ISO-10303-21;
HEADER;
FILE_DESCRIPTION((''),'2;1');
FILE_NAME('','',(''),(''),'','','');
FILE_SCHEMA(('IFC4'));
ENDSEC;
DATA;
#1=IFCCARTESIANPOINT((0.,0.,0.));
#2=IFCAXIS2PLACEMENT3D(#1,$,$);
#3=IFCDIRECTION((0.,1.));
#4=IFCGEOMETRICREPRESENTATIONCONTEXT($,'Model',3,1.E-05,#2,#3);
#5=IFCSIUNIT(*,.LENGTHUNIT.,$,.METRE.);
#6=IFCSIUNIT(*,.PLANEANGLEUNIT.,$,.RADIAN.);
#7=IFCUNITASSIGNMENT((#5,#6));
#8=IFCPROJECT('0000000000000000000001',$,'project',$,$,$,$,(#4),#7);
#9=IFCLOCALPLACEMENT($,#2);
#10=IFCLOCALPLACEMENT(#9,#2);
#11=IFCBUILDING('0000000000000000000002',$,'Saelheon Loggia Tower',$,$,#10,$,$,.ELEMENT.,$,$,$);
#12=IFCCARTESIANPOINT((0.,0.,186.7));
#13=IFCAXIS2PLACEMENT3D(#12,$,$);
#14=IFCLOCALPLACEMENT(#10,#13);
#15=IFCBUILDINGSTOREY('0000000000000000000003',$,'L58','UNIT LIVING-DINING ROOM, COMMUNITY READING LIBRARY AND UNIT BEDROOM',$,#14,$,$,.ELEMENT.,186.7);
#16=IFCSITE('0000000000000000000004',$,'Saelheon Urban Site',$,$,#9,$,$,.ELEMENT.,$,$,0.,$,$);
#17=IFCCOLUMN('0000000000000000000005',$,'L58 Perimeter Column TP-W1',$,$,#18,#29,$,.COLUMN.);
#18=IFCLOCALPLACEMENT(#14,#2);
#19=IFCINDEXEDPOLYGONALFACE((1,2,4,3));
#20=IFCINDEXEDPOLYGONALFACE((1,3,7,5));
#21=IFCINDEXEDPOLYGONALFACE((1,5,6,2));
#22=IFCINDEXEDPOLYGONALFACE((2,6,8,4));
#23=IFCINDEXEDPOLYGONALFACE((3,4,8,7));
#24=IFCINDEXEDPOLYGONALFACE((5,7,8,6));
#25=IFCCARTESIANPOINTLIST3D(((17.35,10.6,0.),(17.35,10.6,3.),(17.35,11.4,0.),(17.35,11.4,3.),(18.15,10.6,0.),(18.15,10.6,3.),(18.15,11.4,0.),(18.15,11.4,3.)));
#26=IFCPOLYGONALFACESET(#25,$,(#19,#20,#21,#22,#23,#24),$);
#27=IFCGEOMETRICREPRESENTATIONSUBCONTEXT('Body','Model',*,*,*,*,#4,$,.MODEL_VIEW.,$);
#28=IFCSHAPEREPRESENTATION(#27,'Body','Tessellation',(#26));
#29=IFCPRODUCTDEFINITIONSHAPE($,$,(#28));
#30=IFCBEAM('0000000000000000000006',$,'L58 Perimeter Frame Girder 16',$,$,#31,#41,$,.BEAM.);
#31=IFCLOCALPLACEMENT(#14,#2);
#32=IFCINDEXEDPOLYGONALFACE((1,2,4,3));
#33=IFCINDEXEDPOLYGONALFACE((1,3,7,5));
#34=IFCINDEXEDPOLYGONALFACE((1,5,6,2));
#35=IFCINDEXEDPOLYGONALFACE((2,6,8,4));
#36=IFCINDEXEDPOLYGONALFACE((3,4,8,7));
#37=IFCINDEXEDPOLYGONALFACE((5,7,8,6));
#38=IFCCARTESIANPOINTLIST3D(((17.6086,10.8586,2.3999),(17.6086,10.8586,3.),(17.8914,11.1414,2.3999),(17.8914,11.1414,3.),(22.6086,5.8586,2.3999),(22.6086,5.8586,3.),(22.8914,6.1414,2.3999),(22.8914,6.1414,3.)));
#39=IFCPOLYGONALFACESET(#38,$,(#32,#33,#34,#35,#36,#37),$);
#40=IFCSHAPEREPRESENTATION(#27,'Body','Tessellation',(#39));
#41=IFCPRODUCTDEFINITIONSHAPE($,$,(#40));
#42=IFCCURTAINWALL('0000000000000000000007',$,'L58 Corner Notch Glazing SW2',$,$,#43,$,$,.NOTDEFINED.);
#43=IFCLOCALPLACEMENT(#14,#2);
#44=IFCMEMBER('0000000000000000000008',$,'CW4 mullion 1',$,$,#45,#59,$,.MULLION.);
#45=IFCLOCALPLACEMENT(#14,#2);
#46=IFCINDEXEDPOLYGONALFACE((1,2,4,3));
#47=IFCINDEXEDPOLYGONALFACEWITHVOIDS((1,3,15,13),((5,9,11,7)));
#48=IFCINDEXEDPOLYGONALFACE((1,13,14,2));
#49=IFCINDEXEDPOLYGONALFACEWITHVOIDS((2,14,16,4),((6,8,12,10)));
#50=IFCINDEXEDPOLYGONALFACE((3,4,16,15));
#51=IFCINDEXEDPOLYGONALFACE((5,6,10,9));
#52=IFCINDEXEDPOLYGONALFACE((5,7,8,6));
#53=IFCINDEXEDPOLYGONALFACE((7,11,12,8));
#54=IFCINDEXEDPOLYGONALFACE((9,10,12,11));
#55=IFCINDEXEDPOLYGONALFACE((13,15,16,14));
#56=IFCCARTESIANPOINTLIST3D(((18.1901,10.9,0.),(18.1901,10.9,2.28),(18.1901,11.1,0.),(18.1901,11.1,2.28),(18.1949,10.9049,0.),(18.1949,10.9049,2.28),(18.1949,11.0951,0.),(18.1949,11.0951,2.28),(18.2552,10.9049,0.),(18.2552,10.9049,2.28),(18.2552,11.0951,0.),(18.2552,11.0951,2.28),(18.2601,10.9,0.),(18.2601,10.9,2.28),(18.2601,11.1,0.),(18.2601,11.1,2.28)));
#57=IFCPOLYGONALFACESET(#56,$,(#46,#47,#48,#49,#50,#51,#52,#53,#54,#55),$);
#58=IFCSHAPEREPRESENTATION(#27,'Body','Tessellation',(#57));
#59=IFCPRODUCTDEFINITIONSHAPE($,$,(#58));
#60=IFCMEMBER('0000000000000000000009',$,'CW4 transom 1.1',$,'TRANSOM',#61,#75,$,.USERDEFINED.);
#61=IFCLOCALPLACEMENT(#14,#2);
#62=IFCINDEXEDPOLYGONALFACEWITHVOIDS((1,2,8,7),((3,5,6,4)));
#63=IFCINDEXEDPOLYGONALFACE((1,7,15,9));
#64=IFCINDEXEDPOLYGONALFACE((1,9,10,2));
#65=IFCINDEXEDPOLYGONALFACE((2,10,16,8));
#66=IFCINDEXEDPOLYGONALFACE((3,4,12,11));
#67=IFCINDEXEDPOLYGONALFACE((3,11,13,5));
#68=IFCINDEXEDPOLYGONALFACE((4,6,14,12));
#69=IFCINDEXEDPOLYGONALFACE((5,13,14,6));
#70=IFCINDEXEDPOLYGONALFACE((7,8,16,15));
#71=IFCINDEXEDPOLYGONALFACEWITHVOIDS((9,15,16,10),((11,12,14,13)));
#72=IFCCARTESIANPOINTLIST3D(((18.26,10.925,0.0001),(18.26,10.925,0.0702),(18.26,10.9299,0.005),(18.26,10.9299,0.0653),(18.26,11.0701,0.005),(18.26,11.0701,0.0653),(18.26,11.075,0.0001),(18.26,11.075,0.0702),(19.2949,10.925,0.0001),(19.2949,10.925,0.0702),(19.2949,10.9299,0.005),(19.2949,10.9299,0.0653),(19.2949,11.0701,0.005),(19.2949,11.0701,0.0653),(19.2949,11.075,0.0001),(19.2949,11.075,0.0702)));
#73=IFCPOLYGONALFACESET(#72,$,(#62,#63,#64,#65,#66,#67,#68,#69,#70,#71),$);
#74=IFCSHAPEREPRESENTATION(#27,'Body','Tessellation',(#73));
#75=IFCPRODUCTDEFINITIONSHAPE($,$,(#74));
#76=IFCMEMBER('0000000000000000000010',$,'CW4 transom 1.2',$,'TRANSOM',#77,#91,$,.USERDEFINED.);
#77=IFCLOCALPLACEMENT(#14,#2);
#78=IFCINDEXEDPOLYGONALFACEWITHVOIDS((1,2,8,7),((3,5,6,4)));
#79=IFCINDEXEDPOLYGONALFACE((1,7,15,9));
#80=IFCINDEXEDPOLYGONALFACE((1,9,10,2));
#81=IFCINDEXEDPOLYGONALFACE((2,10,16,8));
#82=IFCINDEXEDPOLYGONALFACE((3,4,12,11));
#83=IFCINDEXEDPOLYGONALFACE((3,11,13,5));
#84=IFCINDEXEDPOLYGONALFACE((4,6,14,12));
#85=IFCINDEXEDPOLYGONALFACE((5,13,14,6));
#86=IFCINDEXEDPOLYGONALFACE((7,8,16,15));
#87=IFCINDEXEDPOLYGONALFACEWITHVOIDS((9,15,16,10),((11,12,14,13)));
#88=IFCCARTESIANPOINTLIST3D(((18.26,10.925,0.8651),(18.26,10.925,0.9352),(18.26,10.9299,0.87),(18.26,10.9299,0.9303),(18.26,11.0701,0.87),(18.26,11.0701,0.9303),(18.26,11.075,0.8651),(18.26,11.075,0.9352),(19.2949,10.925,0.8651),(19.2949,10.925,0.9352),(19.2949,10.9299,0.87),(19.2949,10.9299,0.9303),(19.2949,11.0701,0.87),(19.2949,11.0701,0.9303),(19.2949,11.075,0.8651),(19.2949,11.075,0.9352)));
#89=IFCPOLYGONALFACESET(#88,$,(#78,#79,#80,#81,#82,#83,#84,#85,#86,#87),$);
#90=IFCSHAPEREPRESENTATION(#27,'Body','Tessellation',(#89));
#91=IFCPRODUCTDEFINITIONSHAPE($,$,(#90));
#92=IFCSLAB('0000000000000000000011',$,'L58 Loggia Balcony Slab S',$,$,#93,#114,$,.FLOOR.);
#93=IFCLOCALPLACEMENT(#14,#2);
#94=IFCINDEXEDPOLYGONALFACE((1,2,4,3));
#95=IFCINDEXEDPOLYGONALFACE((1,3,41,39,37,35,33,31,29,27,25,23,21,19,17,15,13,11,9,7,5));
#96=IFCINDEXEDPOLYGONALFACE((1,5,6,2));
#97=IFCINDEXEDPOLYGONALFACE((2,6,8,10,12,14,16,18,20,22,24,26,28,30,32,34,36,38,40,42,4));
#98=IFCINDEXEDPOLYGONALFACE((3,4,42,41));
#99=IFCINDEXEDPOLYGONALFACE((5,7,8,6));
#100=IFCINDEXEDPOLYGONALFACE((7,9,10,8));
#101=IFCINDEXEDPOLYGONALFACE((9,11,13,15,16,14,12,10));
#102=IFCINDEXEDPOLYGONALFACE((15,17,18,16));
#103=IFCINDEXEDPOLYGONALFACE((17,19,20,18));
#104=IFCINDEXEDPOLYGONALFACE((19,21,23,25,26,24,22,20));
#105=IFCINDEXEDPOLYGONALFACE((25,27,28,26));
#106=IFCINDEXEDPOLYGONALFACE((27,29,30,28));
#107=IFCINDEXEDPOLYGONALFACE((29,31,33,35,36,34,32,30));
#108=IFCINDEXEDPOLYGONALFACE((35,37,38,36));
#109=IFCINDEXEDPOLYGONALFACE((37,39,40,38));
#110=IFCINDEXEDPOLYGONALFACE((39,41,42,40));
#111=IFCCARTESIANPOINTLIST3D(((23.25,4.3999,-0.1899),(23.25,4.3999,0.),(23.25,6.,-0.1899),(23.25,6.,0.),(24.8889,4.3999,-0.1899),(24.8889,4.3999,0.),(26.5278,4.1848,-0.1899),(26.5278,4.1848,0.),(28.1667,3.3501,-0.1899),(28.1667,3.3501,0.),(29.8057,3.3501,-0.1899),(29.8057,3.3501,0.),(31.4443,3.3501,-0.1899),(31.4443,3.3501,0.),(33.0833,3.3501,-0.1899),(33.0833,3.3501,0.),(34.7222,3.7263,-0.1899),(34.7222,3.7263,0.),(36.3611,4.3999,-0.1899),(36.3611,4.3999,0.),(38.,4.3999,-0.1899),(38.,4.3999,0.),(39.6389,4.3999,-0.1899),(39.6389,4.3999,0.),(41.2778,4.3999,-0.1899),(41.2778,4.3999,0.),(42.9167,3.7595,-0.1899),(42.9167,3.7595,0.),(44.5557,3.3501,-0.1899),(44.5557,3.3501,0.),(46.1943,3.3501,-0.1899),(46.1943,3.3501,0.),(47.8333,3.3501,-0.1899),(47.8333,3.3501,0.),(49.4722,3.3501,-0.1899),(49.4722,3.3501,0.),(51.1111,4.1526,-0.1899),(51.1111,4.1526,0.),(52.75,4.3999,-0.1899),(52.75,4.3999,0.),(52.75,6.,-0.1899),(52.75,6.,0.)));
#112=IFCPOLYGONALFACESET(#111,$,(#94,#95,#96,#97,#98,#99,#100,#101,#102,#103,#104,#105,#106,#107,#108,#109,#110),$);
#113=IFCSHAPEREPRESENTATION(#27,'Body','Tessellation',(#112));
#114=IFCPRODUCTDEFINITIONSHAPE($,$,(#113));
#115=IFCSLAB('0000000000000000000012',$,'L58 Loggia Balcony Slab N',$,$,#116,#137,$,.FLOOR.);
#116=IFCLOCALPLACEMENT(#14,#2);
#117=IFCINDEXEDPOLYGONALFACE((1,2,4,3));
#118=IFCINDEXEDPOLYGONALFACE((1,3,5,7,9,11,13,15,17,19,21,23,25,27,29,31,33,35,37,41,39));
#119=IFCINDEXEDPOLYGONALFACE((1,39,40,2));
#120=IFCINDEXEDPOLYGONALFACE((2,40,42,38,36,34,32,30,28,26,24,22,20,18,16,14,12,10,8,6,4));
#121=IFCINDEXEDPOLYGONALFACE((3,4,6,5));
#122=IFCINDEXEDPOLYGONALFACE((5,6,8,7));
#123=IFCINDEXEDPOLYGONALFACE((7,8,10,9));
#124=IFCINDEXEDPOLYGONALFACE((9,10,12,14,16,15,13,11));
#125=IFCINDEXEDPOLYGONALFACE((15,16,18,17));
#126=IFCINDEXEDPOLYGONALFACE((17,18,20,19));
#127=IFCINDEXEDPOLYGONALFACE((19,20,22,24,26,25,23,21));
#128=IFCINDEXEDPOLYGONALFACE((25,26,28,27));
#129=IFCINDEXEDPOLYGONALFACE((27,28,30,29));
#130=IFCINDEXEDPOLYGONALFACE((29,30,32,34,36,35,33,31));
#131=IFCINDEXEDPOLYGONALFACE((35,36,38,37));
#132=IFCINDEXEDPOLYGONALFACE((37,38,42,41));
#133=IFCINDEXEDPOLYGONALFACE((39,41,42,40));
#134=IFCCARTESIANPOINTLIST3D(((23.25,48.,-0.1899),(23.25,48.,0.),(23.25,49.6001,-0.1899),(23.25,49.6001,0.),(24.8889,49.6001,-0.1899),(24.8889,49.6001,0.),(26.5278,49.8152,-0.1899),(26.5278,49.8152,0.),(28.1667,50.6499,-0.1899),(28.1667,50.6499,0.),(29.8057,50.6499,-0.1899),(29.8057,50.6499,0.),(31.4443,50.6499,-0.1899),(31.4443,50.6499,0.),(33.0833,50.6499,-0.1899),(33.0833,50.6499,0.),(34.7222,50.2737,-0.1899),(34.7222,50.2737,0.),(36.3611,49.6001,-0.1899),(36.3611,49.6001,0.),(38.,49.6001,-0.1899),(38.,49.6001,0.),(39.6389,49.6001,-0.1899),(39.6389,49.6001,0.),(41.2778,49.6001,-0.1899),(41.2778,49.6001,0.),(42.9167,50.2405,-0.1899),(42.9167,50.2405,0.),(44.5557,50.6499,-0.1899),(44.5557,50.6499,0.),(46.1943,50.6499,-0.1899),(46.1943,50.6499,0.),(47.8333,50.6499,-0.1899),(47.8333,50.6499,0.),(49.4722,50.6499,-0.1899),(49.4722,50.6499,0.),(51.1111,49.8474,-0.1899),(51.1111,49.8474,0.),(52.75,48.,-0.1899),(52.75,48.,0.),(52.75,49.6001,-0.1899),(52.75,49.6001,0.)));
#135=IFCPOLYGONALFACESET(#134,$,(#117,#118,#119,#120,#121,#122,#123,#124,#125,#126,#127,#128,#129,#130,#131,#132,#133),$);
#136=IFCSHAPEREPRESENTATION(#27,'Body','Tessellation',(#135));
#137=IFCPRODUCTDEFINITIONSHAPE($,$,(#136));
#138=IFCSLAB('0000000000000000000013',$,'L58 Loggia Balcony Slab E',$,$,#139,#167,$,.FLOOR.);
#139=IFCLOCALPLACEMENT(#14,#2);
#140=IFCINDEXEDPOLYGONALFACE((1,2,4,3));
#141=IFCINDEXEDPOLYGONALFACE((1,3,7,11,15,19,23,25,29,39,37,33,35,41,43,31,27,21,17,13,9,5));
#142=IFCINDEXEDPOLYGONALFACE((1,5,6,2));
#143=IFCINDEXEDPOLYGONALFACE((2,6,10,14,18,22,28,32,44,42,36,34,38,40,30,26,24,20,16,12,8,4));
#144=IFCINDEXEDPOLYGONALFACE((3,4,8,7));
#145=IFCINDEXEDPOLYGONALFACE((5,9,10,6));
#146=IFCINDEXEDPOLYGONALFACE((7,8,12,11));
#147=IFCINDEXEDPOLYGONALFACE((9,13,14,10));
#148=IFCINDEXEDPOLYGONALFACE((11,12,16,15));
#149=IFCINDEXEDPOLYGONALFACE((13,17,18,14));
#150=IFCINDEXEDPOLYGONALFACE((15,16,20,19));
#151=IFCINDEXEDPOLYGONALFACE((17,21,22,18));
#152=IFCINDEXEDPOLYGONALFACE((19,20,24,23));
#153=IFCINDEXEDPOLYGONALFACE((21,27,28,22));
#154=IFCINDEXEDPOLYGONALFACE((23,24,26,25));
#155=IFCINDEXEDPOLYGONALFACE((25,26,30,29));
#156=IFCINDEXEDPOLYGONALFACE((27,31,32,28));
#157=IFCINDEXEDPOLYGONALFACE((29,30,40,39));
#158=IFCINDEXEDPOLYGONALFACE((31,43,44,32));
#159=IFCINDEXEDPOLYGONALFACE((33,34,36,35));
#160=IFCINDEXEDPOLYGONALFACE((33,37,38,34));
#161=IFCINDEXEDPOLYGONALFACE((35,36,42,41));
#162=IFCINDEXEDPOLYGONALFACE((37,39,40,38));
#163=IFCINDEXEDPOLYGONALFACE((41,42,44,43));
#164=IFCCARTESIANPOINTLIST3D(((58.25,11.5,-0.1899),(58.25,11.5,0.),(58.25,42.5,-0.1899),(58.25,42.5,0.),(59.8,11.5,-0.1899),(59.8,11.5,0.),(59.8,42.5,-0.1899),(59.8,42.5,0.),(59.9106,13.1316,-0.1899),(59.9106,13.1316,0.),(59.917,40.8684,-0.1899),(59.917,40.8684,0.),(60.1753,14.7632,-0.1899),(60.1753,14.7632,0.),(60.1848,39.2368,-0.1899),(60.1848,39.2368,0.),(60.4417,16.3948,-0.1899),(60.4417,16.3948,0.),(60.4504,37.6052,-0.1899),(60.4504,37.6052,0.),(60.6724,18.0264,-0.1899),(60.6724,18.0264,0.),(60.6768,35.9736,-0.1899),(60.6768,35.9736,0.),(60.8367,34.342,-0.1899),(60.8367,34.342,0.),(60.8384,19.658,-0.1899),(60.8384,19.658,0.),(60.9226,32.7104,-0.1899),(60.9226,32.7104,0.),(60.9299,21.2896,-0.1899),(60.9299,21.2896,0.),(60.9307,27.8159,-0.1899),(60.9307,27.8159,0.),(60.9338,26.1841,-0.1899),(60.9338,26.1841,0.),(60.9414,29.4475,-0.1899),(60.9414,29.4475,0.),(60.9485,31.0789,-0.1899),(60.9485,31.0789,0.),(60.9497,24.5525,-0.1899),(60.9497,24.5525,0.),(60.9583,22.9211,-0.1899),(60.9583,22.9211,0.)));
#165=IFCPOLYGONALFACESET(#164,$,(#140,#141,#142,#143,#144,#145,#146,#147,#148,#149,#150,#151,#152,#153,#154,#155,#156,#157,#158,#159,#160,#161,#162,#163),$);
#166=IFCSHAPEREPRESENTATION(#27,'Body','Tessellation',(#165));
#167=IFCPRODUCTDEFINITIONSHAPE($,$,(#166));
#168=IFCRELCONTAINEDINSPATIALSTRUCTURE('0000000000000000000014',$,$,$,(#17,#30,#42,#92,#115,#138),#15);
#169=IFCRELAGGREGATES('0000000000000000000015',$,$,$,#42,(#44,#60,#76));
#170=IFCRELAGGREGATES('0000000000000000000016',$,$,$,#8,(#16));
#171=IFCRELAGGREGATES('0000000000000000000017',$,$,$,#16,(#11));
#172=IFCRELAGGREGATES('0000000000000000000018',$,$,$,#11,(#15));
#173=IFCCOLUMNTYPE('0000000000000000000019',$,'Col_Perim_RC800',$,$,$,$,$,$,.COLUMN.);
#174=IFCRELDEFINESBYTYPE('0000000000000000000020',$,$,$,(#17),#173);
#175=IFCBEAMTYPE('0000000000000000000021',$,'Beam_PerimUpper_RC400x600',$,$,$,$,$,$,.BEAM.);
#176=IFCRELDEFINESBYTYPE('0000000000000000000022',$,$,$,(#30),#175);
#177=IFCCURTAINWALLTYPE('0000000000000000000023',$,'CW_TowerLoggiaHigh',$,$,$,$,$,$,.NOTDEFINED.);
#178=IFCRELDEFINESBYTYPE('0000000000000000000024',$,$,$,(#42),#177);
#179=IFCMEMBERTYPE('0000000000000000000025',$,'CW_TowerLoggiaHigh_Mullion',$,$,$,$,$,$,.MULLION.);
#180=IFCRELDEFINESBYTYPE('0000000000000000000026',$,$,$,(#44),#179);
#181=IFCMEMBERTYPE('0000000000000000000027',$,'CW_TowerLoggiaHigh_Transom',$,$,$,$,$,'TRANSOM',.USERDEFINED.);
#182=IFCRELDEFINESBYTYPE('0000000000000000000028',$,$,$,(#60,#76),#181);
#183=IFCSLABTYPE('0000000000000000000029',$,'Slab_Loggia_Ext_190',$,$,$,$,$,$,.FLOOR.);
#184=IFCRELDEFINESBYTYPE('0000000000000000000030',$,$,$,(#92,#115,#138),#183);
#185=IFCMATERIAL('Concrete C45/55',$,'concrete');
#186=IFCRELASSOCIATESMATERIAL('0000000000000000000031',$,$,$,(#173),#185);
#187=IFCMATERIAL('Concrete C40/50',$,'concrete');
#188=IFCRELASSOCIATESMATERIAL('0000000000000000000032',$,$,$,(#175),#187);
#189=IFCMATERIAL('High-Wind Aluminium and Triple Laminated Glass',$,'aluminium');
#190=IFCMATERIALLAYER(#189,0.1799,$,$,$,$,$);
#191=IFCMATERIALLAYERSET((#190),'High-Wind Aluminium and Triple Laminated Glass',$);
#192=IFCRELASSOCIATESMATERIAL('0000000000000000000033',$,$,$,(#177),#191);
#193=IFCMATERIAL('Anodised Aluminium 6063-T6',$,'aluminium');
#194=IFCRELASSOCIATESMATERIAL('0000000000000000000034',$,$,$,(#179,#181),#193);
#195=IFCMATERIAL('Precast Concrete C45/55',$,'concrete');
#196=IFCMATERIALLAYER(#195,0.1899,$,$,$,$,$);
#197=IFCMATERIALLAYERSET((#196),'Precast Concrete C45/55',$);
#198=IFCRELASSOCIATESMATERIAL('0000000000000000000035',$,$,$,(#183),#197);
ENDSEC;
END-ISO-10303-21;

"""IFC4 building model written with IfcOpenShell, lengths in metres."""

from ifc_helpers import new_model, si_unit, direction, frame, origin, origin_2d, place, context, subcontext, project, spatial, polyline, rectangle, hollow_rectangle, outline, extrude, source, transform, mapped, material, layer, layer_set, material_profile, profile_set, type_object, element, aggregate, save


model = new_model("IFC4")

# Units and contexts
model_context = context("Model", 3, precision=1e-05, world=origin(), true_north=direction((0.0, 1.0)))
body_context = subcontext(model_context, "Body", "Model", "MODEL_VIEW")
ifc_project = project(units=[si_unit("LENGTHUNIT", "METRE"), si_unit("PLANEANGLEUNIT", "RADIAN")], contexts=[model_context])

# Site, building, storey
site_placement = place(None, origin())
site = spatial("IfcSite", under=ifc_project, at=site_placement, Name="Saelheon Urban Site", CompositionType="ELEMENT", RefElevation=0.0)
building_placement = place(site_placement, origin())
building = spatial("IfcBuilding", under=site, at=building_placement, Name="Saelheon Loggia Tower", CompositionType="ELEMENT")
storey_placement = place(building_placement, frame((0.0, 0.0, 186.7)))
storey = spatial("IfcBuildingStorey", under=building, at=storey_placement, Name="L58", Description="UNIT LIVING-DINING ROOM, COMMUNITY READING LIBRARY AND UNIT BEDROOM", CompositionType="ELEMENT", Elevation=186.7)

# Column
ifc_material_1 = material(Name="Concrete C45/55", Category="concrete")
ifc_material_profile_1 = material_profile(ifc_material_1, rectangle(XDim=0.8, YDim=0.8, at=origin_2d()), Name="RC-800x800")
ifc_profile_set_1 = profile_set([ifc_material_profile_1], Name="Concrete C45/55")
column_type = type_object("IfcColumnType", Name="Col_Perim_RC800", PredefinedType="COLUMN", material=ifc_profile_set_1)
shared_shape_1 = source(origin(), body_context, "Body", "SweptSolid", [
    extrude(rectangle(XDim=0.8, YDim=0.8, at=origin_2d()), origin(), (0.0, 0.0, 1.0), 3.0),
])
column_placement = place(storey_placement, frame((17.75, 11.0, 0.0), z_axis=(0.0, 0.0, 1.0), x_axis=(1.0, 0.0, 0.0)))
element("IfcColumn", 1, at=column_placement, inside=storey, type_object=column_type, Name="L58 Perimeter Column TP-W1", PredefinedType="COLUMN", context=body_context, shape_type="MappedRepresentation", body=[
    mapped(shared_shape_1, transform((0.0, 0.0, 0.0), scale=1.0)),
])

# Beam
ifc_material_2 = material(Name="Concrete C40/50", Category="concrete")
ifc_material_profile_2 = material_profile(ifc_material_2, rectangle(XDim=0.3999, YDim=0.6001, at=origin_2d()), Name="RC-400x600")
ifc_profile_set_2 = profile_set([ifc_material_profile_2], Name="Concrete C40/50")
beam_type = type_object("IfcBeamType", Name="Beam_PerimUpper_RC400x600", PredefinedType="BEAM", material=ifc_profile_set_2)
shared_shape_2 = source(origin(), body_context, "Body", "SweptSolid", [
    extrude(rectangle(XDim=0.3999, YDim=0.6001, at=origin_2d()), origin(), (0.0, 0.0, 1.0), 7.071),
])
beam_placement = place(storey_placement, frame((17.75, 11.0, 2.7), z_axis=(0.707107, -0.707107, 0.0), x_axis=(0.707107, 0.707107, 0.0)))
element("IfcBeam", 2, at=beam_placement, inside=storey, type_object=beam_type, Name="L58 Perimeter Frame Girder 16", PredefinedType="BEAM", context=body_context, shape_type="MappedRepresentation", body=[
    mapped(shared_shape_2, transform((0.0, 0.0, 0.0), scale=1.0)),
])

# Curtain wall, members
ifc_material_3 = material(Name="High-Wind Aluminium and Triple Laminated Glass", Category="aluminium")
ifc_layer_1 = layer(ifc_material_3, 0.1799)
ifc_layer_set_1 = layer_set([ifc_layer_1], Name="High-Wind Aluminium and Triple Laminated Glass")
curtain_wall_type = type_object("IfcCurtainWallType", Name="CW_TowerLoggiaHigh", PredefinedType="NOTDEFINED", material=ifc_layer_set_1)
curtain_wall_placement = place(storey_placement, origin())
curtain_wall = element("IfcCurtainWall", 3, at=curtain_wall_placement, inside=storey, type_object=curtain_wall_type, Name="L58 Corner Notch Glazing SW2", PredefinedType="NOTDEFINED")
ifc_material_4 = material(Name="Anodised Aluminium 6063-T6", Category="aluminium")
ifc_material_profile_3 = material_profile(ifc_material_4, hollow_rectangle(XDim=0.0701, YDim=0.2, WallThickness=0.0049, at=origin_2d()), Name="RHS-200x70x5")
ifc_profile_set_3 = profile_set([ifc_material_profile_3], Name="Anodised Aluminium 6063-T6")
member_type_1 = type_object("IfcMemberType", Name="CW_TowerLoggiaHigh_Mullion", PredefinedType="MULLION", material=ifc_profile_set_3)
shared_shape_3 = source(origin(), body_context, "Body", "SweptSolid", [
    extrude(hollow_rectangle(XDim=0.0701, YDim=0.2, WallThickness=0.0049, at=origin_2d()), origin(), (0.0, 0.0, 1.0), 2.28),
])
member_1_placement = place(storey_placement, frame((18.2251, 11.0, 0.0), z_axis=(0.0, 0.0, 1.0), x_axis=(1.0, 0.0, 0.0)))
member_1 = element("IfcMember", 4, at=member_1_placement, type_object=member_type_1, Name="CW4 mullion 1", PredefinedType="MULLION", context=body_context, shape_type="MappedRepresentation", body=[
    mapped(shared_shape_3, transform((0.0, 0.0, 0.0), scale=1.0)),
])
ifc_material_profile_4 = material_profile(ifc_material_4, hollow_rectangle(XDim=0.0701, YDim=0.1499, WallThickness=0.0049, at=origin_2d()), Name="RHS-150x70x5")
ifc_profile_set_4 = profile_set([ifc_material_profile_4], Name="Anodised Aluminium 6063-T6")
member_type_2 = type_object("IfcMemberType", Name="CW_TowerLoggiaHigh_Transom", ElementType="TRANSOM", PredefinedType="USERDEFINED", material=ifc_profile_set_4)
shared_shape_4 = source(origin(), body_context, "Body", "SweptSolid", [
    extrude(hollow_rectangle(XDim=0.0701, YDim=0.1499, WallThickness=0.0049, at=origin_2d()), origin(), (0.0, 0.0, 1.0), 1.0349),
])
member_2_placement = place(storey_placement, frame((18.26, 11.0, 0.0352), z_axis=(1.0, 0.0, 0.0), x_axis=(0.0, 0.0, 1.0)))
member_2 = element("IfcMember", 5, at=member_2_placement, type_object=member_type_2, Name="CW4 transom 1.1", ObjectType="TRANSOM", PredefinedType="USERDEFINED", context=body_context, shape_type="MappedRepresentation", body=[
    mapped(shared_shape_4, transform((0.0, 0.0, 0.0), scale=1.0)),
])
member_3_placement = place(storey_placement, frame((18.26, 11.0, 0.9001), z_axis=(1.0, 0.0, 0.0), x_axis=(0.0, 0.0, 1.0)))
member_3 = element("IfcMember", 6, at=member_3_placement, type_object=member_type_2, Name="CW4 transom 1.2", ObjectType="TRANSOM", PredefinedType="USERDEFINED", context=body_context, shape_type="MappedRepresentation", body=[
    mapped(shared_shape_4, transform((0.0, 0.0, 0.0), scale=1.0)),
])
aggregate(curtain_wall, [member_1, member_2, member_3])

# Slabs
ifc_material_5 = material(Name="Precast Concrete C45/55", Category="concrete")
ifc_layer_2 = layer(ifc_material_5, 0.1899)
ifc_layer_set_2 = layer_set([ifc_layer_2], Name="Precast Concrete C45/55")
slab_type_1 = type_object("IfcSlabType", Name="Slab_Loggia_Ext_190", PredefinedType="FLOOR", material=ifc_layer_set_2)
slab_1_placement = place(storey_placement, frame((0.0, 0.0, -0.1899)))
element("IfcSlab", 7, at=slab_1_placement, inside=storey, type_object=slab_type_1, Name="L58 Loggia Balcony Slab S", PredefinedType="FLOOR", context=body_context, shape_type="SweptSolid", body=[
    extrude(outline(polyline([(23.25, 4.3999), (24.8889, 4.3999), (26.5278, 4.1848), (28.1667, 3.3501), (29.8057, 3.3501), (31.4443, 3.3501), (33.0833, 3.3501), (34.7222, 3.7263), (36.3611, 4.3999), (38.0, 4.3999), (39.6389, 4.3999), (41.2778, 4.3999), (42.9167, 3.7595), (44.5557, 3.3501), (46.1943, 3.3501), (47.8333, 3.3501), (49.4722, 3.3501), (51.1111, 4.1526), (52.75, 4.3999), (52.75, 6.0), (23.25, 6.0), (23.25, 4.3999)])), origin(), (0.0, 0.0, 1.0), 0.1899),
])
slab_2_placement = place(storey_placement, frame((0.0, 0.0, -0.1899)))
element("IfcSlab", 8, at=slab_2_placement, inside=storey, type_object=slab_type_1, Name="L58 Loggia Balcony Slab N", PredefinedType="FLOOR", context=body_context, shape_type="SweptSolid", body=[
    extrude(outline(polyline([(23.25, 48.0), (52.75, 48.0), (52.75, 49.6001), (51.1111, 49.8474), (49.4722, 50.6499), (47.8333, 50.6499), (46.1943, 50.6499), (44.5557, 50.6499), (42.9167, 50.2405), (41.2778, 49.6001), (39.6389, 49.6001), (38.0, 49.6001), (36.3611, 49.6001), (34.7222, 50.2737), (33.0833, 50.6499), (31.4443, 50.6499), (29.8057, 50.6499), (28.1667, 50.6499), (26.5278, 49.8152), (24.8889, 49.6001), (23.25, 49.6001), (23.25, 48.0)])), origin(), (0.0, 0.0, 1.0), 0.1899),
])
slab_3_placement = place(storey_placement, frame((0.0, 0.0, -0.1899)))
element("IfcSlab", 9, at=slab_3_placement, inside=storey, type_object=slab_type_1, Name="L58 Loggia Balcony Slab E", PredefinedType="FLOOR", context=body_context, shape_type="SweptSolid", body=[
    extrude(outline(polyline([(58.25, 11.5), (59.8, 11.5), (59.9106, 13.1316), (60.1753, 14.7632), (60.4417, 16.3948), (60.6724, 18.0264), (60.8384, 19.658), (60.9299, 21.2896), (60.9583, 22.9211), (60.9497, 24.5525), (60.9338, 26.1841), (60.9307, 27.8159), (60.9414, 29.4475), (60.9485, 31.0789), (60.9226, 32.7104), (60.8367, 34.342), (60.6768, 35.9736), (60.4504, 37.6052), (60.1848, 39.2368), (59.917, 40.8684), (59.8, 42.5), (58.25, 42.5), (58.25, 11.5)])), origin(), (0.0, 0.0, 1.0), 0.1899),
])

save(model, "model.ifc")
